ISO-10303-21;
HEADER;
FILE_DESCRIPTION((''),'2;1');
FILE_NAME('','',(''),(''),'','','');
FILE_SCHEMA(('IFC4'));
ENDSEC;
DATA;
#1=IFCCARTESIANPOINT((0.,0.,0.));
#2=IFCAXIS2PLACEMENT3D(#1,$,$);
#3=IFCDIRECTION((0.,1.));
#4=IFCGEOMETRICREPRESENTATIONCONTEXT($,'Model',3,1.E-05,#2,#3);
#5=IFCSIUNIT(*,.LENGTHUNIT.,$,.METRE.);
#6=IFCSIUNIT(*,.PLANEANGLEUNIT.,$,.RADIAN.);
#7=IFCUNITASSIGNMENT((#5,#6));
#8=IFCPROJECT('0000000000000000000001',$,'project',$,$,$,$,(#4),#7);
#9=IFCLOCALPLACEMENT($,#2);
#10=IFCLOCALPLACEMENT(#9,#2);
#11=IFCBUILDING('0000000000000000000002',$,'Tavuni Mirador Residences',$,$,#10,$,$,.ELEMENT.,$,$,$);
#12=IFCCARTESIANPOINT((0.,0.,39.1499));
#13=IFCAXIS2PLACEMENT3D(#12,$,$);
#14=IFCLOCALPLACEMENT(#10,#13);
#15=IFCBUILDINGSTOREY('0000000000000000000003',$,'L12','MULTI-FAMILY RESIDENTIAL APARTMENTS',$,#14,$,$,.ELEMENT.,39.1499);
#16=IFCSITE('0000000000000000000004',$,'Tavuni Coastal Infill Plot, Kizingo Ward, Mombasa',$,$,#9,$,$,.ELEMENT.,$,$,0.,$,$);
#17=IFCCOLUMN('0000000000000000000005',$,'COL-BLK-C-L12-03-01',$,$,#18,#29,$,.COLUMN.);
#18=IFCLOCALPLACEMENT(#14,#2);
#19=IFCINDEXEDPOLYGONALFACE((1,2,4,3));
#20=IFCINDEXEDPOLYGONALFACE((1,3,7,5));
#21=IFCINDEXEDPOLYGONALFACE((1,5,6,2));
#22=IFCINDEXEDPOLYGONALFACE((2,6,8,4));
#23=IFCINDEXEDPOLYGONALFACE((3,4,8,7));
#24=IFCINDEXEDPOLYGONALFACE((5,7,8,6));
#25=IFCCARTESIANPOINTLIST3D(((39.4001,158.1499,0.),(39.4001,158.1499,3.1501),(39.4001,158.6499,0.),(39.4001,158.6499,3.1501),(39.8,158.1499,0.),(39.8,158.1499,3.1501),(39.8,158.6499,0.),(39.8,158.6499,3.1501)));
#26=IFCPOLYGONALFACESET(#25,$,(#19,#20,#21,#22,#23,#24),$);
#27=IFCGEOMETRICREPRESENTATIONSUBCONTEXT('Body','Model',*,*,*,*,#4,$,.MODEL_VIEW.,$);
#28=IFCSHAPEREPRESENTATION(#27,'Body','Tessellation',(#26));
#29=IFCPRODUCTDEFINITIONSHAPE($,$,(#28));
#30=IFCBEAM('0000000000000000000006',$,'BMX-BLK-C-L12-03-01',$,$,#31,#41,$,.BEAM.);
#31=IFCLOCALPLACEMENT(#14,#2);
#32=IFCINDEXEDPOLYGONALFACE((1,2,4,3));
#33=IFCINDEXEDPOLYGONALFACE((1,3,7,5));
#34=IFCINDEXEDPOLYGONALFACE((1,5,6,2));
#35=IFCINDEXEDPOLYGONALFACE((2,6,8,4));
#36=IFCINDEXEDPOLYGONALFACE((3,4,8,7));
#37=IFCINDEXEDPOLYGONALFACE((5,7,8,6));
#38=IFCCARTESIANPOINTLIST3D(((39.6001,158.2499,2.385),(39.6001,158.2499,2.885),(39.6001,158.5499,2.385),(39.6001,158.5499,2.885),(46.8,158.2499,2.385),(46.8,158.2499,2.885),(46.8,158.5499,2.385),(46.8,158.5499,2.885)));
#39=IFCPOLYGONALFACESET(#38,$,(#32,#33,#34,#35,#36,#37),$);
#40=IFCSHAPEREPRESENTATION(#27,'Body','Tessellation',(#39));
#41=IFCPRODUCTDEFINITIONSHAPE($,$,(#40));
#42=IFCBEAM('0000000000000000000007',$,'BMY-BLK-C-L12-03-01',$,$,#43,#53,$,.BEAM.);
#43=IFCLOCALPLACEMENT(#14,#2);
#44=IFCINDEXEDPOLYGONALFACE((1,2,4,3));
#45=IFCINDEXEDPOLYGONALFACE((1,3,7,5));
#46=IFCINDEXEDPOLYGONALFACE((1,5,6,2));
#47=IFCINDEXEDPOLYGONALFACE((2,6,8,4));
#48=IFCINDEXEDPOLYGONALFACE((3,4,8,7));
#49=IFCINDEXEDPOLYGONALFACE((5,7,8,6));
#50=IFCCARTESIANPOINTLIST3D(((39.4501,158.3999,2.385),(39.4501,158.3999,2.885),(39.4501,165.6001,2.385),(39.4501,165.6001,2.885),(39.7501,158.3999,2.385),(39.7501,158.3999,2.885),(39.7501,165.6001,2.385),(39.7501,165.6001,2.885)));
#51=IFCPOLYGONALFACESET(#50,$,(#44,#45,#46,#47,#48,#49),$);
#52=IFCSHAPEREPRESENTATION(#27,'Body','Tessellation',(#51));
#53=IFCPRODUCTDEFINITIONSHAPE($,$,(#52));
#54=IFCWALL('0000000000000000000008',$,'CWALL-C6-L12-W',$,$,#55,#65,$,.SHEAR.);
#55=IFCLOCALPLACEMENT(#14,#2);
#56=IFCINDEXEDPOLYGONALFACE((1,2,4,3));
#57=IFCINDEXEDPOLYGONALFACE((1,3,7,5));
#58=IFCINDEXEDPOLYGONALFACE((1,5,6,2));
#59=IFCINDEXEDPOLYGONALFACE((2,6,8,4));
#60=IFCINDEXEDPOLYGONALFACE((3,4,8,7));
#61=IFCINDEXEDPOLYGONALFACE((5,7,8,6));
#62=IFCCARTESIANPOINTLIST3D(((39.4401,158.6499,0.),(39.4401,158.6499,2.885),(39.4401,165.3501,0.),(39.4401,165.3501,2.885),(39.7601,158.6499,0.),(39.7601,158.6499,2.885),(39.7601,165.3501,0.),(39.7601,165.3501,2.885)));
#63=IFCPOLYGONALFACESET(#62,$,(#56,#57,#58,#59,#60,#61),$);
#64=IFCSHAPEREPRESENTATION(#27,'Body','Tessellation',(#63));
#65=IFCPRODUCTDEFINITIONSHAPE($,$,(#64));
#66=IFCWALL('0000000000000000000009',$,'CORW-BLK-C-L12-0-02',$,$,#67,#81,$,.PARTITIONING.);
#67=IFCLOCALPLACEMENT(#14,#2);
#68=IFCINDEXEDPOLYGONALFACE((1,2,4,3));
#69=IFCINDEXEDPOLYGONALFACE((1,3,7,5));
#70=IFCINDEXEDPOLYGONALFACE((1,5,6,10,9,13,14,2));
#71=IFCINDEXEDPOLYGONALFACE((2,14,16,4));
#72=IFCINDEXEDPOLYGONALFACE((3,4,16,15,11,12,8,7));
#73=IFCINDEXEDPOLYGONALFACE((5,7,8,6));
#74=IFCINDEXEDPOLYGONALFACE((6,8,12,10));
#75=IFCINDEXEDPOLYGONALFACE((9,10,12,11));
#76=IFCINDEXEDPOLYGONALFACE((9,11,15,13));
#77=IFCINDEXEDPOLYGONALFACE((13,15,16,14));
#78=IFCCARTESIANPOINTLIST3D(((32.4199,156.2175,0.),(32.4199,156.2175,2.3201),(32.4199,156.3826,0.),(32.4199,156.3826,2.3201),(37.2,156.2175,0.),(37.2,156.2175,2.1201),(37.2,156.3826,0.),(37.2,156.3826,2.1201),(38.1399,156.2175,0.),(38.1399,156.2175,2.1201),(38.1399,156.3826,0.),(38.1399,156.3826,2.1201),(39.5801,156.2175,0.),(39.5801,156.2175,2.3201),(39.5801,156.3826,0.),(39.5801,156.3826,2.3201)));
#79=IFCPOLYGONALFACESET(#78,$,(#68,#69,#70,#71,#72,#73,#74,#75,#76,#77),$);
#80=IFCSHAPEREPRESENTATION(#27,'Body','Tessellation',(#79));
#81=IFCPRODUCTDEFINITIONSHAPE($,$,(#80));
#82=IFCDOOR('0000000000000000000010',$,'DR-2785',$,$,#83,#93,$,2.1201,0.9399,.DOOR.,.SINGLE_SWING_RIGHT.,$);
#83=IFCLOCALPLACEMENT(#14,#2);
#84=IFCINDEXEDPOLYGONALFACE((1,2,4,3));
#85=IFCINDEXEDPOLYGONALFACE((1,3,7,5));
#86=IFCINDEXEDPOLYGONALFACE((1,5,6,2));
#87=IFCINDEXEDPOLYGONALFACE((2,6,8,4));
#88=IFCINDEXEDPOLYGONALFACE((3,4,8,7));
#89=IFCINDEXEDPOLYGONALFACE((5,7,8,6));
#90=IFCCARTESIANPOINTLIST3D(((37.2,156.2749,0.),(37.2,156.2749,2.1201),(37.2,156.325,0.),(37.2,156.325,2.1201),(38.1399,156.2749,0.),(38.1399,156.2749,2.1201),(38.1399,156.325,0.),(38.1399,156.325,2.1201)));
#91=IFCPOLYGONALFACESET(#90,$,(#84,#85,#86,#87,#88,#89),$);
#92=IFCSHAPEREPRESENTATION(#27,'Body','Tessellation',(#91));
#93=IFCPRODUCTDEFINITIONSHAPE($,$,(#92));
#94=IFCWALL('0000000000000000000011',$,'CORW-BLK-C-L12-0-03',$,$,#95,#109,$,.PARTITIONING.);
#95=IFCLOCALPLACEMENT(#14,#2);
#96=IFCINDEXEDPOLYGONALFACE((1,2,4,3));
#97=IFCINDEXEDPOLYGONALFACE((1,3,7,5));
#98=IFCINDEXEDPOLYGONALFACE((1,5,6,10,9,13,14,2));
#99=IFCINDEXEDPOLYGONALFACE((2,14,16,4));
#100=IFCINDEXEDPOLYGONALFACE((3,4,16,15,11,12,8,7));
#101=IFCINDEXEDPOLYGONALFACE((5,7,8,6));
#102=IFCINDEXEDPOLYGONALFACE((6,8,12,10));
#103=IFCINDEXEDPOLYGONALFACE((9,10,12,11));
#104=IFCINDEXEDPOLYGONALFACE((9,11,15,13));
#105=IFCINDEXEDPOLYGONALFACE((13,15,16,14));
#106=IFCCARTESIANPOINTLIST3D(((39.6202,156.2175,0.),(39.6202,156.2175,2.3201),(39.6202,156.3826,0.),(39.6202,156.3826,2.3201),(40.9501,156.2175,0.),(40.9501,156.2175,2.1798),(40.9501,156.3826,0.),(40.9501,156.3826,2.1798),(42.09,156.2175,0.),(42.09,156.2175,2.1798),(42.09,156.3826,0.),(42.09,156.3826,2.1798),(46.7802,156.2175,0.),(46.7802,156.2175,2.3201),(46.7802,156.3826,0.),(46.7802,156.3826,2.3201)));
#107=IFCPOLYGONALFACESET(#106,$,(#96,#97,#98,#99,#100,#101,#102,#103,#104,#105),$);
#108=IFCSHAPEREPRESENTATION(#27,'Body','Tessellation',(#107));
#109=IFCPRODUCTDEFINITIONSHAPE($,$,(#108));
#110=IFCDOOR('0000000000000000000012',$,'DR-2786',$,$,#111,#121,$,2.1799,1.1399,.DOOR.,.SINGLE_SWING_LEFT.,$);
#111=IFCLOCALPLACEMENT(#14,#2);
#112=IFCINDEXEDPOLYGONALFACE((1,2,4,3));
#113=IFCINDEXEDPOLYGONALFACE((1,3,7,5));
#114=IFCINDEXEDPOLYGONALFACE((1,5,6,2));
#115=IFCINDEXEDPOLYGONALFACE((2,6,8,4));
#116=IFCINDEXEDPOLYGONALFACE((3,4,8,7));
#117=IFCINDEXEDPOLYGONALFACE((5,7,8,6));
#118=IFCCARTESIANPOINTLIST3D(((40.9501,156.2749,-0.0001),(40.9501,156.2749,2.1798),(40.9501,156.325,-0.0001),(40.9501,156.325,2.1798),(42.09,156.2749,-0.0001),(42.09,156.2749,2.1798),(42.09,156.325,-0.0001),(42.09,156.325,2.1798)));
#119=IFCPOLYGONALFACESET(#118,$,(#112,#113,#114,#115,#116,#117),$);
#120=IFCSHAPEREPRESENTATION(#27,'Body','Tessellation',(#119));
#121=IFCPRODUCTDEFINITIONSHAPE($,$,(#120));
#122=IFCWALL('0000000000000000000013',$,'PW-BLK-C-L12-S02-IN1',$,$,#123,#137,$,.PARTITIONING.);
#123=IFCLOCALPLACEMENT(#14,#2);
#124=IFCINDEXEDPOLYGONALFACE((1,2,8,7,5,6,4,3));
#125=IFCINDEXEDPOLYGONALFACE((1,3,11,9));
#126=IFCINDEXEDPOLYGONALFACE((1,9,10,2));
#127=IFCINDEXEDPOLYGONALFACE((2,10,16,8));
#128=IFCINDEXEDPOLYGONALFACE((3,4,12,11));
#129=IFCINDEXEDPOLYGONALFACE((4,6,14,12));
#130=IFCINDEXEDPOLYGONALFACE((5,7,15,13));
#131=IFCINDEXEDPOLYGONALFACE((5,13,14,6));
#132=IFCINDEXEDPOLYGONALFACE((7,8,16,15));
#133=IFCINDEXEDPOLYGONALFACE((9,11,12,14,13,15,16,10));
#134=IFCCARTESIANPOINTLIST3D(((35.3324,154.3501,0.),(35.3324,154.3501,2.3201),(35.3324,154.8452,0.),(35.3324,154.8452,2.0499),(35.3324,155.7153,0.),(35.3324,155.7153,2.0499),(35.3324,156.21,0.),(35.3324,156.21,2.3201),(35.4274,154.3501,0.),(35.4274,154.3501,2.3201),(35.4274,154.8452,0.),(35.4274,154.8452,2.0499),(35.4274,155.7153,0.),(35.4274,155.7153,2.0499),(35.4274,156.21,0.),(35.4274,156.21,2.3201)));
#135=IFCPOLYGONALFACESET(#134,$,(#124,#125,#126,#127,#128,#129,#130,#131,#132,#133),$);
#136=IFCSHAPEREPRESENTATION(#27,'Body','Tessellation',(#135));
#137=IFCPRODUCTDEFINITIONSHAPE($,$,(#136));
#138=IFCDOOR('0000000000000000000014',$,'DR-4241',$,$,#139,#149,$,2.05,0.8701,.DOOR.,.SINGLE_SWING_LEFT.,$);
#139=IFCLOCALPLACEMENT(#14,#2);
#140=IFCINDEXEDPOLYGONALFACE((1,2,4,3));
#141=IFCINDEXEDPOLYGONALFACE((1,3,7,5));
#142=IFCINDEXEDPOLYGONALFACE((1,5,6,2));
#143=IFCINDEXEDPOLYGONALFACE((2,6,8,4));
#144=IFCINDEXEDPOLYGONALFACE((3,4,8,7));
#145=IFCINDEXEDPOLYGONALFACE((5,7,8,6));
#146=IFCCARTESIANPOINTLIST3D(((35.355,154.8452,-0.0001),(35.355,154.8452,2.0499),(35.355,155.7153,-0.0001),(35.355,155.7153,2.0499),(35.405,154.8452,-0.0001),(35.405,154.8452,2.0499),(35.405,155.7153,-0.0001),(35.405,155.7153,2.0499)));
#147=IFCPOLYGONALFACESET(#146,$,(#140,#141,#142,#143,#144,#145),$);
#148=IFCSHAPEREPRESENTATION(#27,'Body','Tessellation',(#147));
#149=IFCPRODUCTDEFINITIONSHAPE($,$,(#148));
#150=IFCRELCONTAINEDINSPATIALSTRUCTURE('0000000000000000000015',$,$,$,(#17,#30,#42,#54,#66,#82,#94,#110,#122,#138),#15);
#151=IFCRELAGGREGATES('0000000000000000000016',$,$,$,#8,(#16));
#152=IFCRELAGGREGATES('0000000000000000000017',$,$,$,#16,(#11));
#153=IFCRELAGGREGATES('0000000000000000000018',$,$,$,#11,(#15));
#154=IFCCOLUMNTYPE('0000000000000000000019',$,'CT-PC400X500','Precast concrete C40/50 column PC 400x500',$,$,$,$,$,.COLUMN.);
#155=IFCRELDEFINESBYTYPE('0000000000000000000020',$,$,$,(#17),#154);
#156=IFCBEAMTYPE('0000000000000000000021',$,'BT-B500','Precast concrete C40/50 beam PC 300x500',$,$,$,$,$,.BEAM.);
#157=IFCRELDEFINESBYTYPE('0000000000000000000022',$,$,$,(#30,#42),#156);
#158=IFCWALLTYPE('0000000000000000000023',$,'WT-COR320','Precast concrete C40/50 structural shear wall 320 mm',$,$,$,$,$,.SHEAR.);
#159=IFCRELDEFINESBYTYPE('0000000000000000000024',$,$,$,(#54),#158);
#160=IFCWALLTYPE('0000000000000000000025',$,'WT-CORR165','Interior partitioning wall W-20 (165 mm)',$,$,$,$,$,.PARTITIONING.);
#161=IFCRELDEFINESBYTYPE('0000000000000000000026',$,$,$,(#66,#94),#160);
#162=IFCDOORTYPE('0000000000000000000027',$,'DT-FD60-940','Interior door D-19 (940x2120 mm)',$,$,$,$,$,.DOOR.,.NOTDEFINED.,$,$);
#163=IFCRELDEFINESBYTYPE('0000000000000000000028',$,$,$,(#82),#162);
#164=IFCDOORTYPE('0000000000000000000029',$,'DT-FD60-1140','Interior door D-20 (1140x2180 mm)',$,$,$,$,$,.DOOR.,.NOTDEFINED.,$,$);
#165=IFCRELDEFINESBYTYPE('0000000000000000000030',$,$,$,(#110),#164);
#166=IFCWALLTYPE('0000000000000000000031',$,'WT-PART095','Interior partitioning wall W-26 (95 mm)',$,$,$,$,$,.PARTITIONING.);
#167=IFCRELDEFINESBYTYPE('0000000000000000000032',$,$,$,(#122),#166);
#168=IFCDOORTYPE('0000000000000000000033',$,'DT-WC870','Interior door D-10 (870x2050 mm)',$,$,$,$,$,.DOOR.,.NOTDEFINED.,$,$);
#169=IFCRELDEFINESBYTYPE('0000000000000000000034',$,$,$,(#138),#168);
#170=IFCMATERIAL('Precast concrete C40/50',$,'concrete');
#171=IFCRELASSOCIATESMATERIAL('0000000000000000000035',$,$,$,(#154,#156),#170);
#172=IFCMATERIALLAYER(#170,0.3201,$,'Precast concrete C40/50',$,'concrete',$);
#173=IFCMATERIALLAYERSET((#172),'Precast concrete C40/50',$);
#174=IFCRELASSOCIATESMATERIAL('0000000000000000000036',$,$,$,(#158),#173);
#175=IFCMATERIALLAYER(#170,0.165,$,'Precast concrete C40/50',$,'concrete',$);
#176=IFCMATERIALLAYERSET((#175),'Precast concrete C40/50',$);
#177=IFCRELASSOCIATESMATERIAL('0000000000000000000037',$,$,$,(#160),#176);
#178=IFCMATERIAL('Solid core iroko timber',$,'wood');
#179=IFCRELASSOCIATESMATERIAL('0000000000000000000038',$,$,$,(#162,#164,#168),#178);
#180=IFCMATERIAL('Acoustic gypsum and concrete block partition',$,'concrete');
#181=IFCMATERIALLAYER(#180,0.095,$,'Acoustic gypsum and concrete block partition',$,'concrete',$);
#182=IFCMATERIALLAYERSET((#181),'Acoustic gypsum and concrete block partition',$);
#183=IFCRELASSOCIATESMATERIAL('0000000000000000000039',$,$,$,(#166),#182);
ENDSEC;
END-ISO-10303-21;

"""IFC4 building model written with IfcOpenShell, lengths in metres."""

from ifc_helpers import new_model, si_unit, direction, frame, frame_2d, origin, origin_2d, place, context, subcontext, project, spatial, rectangle, extrude, material, layer, layer_set, material_profile, profile_set, type_object, element, fill, save


model = new_model("IFC4")

# Units and contexts
model_context = context("Model", 3, precision=1e-05, world=origin(), true_north=direction((0.0, 1.0)))
body_context = subcontext(model_context, "Body", "Model", "MODEL_VIEW")
ifc_project = project(units=[si_unit("LENGTHUNIT", "METRE"), si_unit("PLANEANGLEUNIT", "RADIAN")], contexts=[model_context])

# Site, building, storey
site_placement = place(None, origin())
site = spatial("IfcSite", under=ifc_project, at=site_placement, Name="Tavuni Coastal Infill Plot, Kizingo Ward, Mombasa", CompositionType="ELEMENT", RefElevation=0.0)
building_placement = place(site_placement, origin())
building = spatial("IfcBuilding", under=site, at=building_placement, Name="Tavuni Mirador Residences", CompositionType="ELEMENT")
storey_placement = place(building_placement, frame((0.0, 0.0, 39.1499)))
storey = spatial("IfcBuildingStorey", under=building, at=storey_placement, Name="L12", Description="MULTI-FAMILY RESIDENTIAL APARTMENTS", CompositionType="ELEMENT", Elevation=39.1499)

# Column
ifc_material_1 = material(Name="Precast concrete C40/50", Category="concrete")
ifc_material_profile_1 = material_profile(ifc_material_1, rectangle(XDim=0.3999, YDim=0.5, at=origin_2d()), Name="PC 400x500", Category="concrete")
ifc_profile_set_1 = profile_set([ifc_material_profile_1], Name="Precast concrete C40/50")
column_type = type_object("IfcColumnType", Name="CT-PC400X500", Description="Precast concrete C40/50 column PC 400x500", PredefinedType="COLUMN", material=ifc_profile_set_1)
column_placement = place(storey_placement, frame((39.6001, 158.3999, 0.0), z_axis=(0.0, 0.0, 1.0), x_axis=(1.0, 0.0, 0.0)))
element("IfcColumn", 1, at=column_placement, inside=storey, type_object=column_type, Name="COL-BLK-C-L12-03-01", PredefinedType="COLUMN", context=body_context, shape_type="SweptSolid", body=[
    extrude(rectangle(XDim=0.3999, YDim=0.5, at=origin_2d()), origin(), (0.0, 0.0, 1.0), 3.1501),
])

# Beams
ifc_material_profile_2 = material_profile(ifc_material_1, rectangle(XDim=0.3, YDim=0.5, at=origin_2d()), Name="PC 300x500", Category="concrete")
ifc_profile_set_2 = profile_set([ifc_material_profile_2], Name="Precast concrete C40/50")
beam_type = type_object("IfcBeamType", Name="BT-B500", Description="Precast concrete C40/50 beam PC 300x500", PredefinedType="BEAM", material=ifc_profile_set_2)
beam_1_placement = place(storey_placement, frame((39.6001, 158.3999, 2.635), z_axis=(1.0, 0.0, 0.0), x_axis=(0.0, 1.0, 0.0)))
element("IfcBeam", 2, at=beam_1_placement, inside=storey, type_object=beam_type, Name="BMX-BLK-C-L12-03-01", PredefinedType="BEAM", context=body_context, shape_type="SweptSolid", body=[
    extrude(rectangle(XDim=0.3, YDim=0.5, at=origin_2d()), origin(), (0.0, 0.0, 1.0), 7.2),
])
beam_2_placement = place(storey_placement, frame((39.6001, 158.3999, 2.635), z_axis=(0.0, 1.0, 0.0), x_axis=(-1.0, 0.0, 0.0)))
element("IfcBeam", 3, at=beam_2_placement, inside=storey, type_object=beam_type, Name="BMY-BLK-C-L12-03-01", PredefinedType="BEAM", context=body_context, shape_type="SweptSolid", body=[
    extrude(rectangle(XDim=0.3, YDim=0.5, at=origin_2d()), origin(), (0.0, 0.0, 1.0), 7.2002),
])

# Shared definitions
ifc_material_2 = material(Name="Solid core iroko timber", Category="wood")

# Wall
ifc_layer_1 = layer(ifc_material_1, 0.3201, Name="Precast concrete C40/50", Category="concrete")
ifc_layer_set_1 = layer_set([ifc_layer_1], Name="Precast concrete C40/50")
wall_type_1 = type_object("IfcWallType", Name="WT-COR320", Description="Precast concrete C40/50 structural shear wall 320 mm", PredefinedType="SHEAR", material=ifc_layer_set_1)
wall_1_placement = place(storey_placement, frame((39.6001, 158.6499, 0.0), z_axis=(0.0, 0.0, 1.0), x_axis=(0.0, 1.0, 0.0)))
element("IfcWall", 4, at=wall_1_placement, inside=storey, type_object=wall_type_1, Name="CWALL-C6-L12-W", PredefinedType="SHEAR", context=body_context, shape_type="SweptSolid", body=[
    extrude(rectangle(XDim=6.7002, YDim=0.3201, at=frame_2d((3.3501, 0.0))), origin(), (0.0, 0.0, 1.0), 2.885),
])

# Walls, openings, doors
ifc_layer_2 = layer(ifc_material_1, 0.165, Name="Precast concrete C40/50", Category="concrete")
ifc_layer_set_2 = layer_set([ifc_layer_2], Name="Precast concrete C40/50")
wall_type_2 = type_object("IfcWallType", Name="WT-CORR165", Description="Interior partitioning wall W-20 (165 mm)", PredefinedType="PARTITIONING", material=ifc_layer_set_2)
wall_2_placement = place(storey_placement, frame((32.4199, 156.3, 0.0), z_axis=(0.0, 0.0, 1.0), x_axis=(1.0, 0.0, 0.0)))
wall_2 = element("IfcWall", 5, at=wall_2_placement, inside=storey, type_object=wall_type_2, Name="CORW-BLK-C-L12-0-02", PredefinedType="PARTITIONING", context=body_context, shape_type="SweptSolid", body=[
    extrude(rectangle(XDim=7.1602, YDim=0.165, at=frame_2d((3.5801, 0.0))), origin(), (0.0, 0.0, 1.0), 2.3201),
])
opening_1_placement = place(wall_2_placement, frame((4.78, 0.0, 0.0)))
opening_1 = element("IfcOpeningElement", 6, at=opening_1_placement, cuts=wall_2, PredefinedType="OPENING", context=body_context, shape_type="SweptSolid", body=[
    extrude(rectangle(XDim=0.9399, YDim=2.1201, at=frame_2d((0.47, 1.0601))), frame((0.0, 0.0925, 0.0), z_axis=(0.0, -1.0, 0.0), x_axis=(1.0, 0.0, 0.0)), (0.0, 0.0, 1.0), 0.1851),
])
door_type_1 = type_object("IfcDoorType", Name="DT-FD60-940", Description="Interior door D-19 (940x2120 mm)", OperationType="NOTDEFINED", PredefinedType="DOOR", material=ifc_material_2)
door_1_placement = place(opening_1_placement, origin())
door_1 = element("IfcDoor", 7, at=door_1_placement, inside=storey, type_object=door_type_1, Name="DR-2785", OperationType="SINGLE_SWING_RIGHT", OverallHeight=2.1201, OverallWidth=0.9399, PredefinedType="DOOR", context=body_context, shape_type="SweptSolid", body=[
    extrude(rectangle(XDim=0.9399, YDim=2.1201, at=frame_2d((0.47, 1.0601))), frame((0.0, 0.0249, 0.0), z_axis=(0.0, -1.0, 0.0), x_axis=(1.0, 0.0, 0.0)), (0.0, 0.0, 1.0), 0.05),
])
fill(opening_1, door_1)
wall_3_placement = place(storey_placement, frame((39.6201, 156.3, 0.0), z_axis=(0.0, 0.0, 1.0), x_axis=(1.0, 0.0, 0.0)))
wall_3 = element("IfcWall", 8, at=wall_3_placement, inside=storey, type_object=wall_type_2, Name="CORW-BLK-C-L12-0-03", PredefinedType="PARTITIONING", context=body_context, shape_type="SweptSolid", body=[
    extrude(rectangle(XDim=7.1599, YDim=0.165, at=frame_2d((3.5801, 0.0))), origin(), (0.0, 0.0, 1.0), 2.3201),
])
opening_2_placement = place(wall_3_placement, frame((1.3301, 0.0, 0.0)))
opening_2 = element("IfcOpeningElement", 9, at=opening_2_placement, cuts=wall_3, PredefinedType="OPENING", context=body_context, shape_type="SweptSolid", body=[
    extrude(rectangle(XDim=1.1399, YDim=2.1799, at=frame_2d((0.5698, 1.0898))), frame((0.0, 0.0925, 0.0), z_axis=(0.0, -1.0, 0.0), x_axis=(1.0, 0.0, 0.0)), (0.0, 0.0, 1.0), 0.1851),
])
door_type_2 = type_object("IfcDoorType", Name="DT-FD60-1140", Description="Interior door D-20 (1140x2180 mm)", OperationType="NOTDEFINED", PredefinedType="DOOR", material=ifc_material_2)
door_2_placement = place(opening_2_placement, origin())
door_2 = element("IfcDoor", 10, at=door_2_placement, inside=storey, type_object=door_type_2, Name="DR-2786", OperationType="SINGLE_SWING_LEFT", OverallHeight=2.1799, OverallWidth=1.1399, PredefinedType="DOOR", context=body_context, shape_type="SweptSolid", body=[
    extrude(rectangle(XDim=1.1399, YDim=2.1799, at=frame_2d((0.5698, 1.0898))), frame((0.0, 0.0249, 0.0), z_axis=(0.0, -1.0, 0.0), x_axis=(1.0, 0.0, 0.0)), (0.0, 0.0, 1.0), 0.05),
])
fill(opening_2, door_2)
ifc_material_3 = material(Name="Acoustic gypsum and concrete block partition", Category="concrete")
ifc_layer_3 = layer(ifc_material_3, 0.095, Name="Acoustic gypsum and concrete block partition", Category="concrete")
ifc_layer_set_3 = layer_set([ifc_layer_3], Name="Acoustic gypsum and concrete block partition")
wall_type_3 = type_object("IfcWallType", Name="WT-PART095", Description="Interior partitioning wall W-26 (95 mm)", PredefinedType="PARTITIONING", material=ifc_layer_set_3)
wall_4_placement = place(storey_placement, frame((35.3799, 154.3501, 0.0), z_axis=(0.0, 0.0, 1.0), x_axis=(0.0, 1.0, 0.0)))
wall_4 = element("IfcWall", 11, at=wall_4_placement, inside=storey, type_object=wall_type_3, Name="PW-BLK-C-L12-S02-IN1", PredefinedType="PARTITIONING", context=body_context, shape_type="SweptSolid", body=[
    extrude(rectangle(XDim=1.8599, YDim=0.095, at=frame_2d((0.9299, 0.0))), origin(), (0.0, 0.0, 1.0), 2.3201),
])
opening_3_placement = place(wall_4_placement, frame((0.4951, 0.0, 0.0)))
opening_3 = element("IfcOpeningElement", 12, at=opening_3_placement, cuts=wall_4, PredefinedType="OPENING", context=body_context, shape_type="SweptSolid", body=[
    extrude(rectangle(XDim=0.8701, YDim=2.05, at=frame_2d((0.4351, 1.0249))), frame((0.0, 0.0576, 0.0), z_axis=(0.0, -1.0, 0.0), x_axis=(1.0, 0.0, 0.0)), (0.0, 0.0, 1.0), 0.115),
])
door_type_3 = type_object("IfcDoorType", Name="DT-WC870", Description="Interior door D-10 (870x2050 mm)", OperationType="NOTDEFINED", PredefinedType="DOOR", material=ifc_material_2)
door_3_placement = place(opening_3_placement, origin())
door_3 = element("IfcDoor", 13, at=door_3_placement, inside=storey, type_object=door_type_3, Name="DR-4241", OperationType="SINGLE_SWING_LEFT", OverallHeight=2.05, OverallWidth=0.8701, PredefinedType="DOOR", context=body_context, shape_type="SweptSolid", body=[
    extrude(rectangle(XDim=0.8701, YDim=2.05, at=frame_2d((0.4351, 1.0249))), frame((0.0, 0.0249, 0.0), z_axis=(0.0, -1.0, 0.0), x_axis=(1.0, 0.0, 0.0)), (0.0, 0.0, 1.0), 0.05),
])
fill(opening_3, door_3)

save(model, "model.ifc")
